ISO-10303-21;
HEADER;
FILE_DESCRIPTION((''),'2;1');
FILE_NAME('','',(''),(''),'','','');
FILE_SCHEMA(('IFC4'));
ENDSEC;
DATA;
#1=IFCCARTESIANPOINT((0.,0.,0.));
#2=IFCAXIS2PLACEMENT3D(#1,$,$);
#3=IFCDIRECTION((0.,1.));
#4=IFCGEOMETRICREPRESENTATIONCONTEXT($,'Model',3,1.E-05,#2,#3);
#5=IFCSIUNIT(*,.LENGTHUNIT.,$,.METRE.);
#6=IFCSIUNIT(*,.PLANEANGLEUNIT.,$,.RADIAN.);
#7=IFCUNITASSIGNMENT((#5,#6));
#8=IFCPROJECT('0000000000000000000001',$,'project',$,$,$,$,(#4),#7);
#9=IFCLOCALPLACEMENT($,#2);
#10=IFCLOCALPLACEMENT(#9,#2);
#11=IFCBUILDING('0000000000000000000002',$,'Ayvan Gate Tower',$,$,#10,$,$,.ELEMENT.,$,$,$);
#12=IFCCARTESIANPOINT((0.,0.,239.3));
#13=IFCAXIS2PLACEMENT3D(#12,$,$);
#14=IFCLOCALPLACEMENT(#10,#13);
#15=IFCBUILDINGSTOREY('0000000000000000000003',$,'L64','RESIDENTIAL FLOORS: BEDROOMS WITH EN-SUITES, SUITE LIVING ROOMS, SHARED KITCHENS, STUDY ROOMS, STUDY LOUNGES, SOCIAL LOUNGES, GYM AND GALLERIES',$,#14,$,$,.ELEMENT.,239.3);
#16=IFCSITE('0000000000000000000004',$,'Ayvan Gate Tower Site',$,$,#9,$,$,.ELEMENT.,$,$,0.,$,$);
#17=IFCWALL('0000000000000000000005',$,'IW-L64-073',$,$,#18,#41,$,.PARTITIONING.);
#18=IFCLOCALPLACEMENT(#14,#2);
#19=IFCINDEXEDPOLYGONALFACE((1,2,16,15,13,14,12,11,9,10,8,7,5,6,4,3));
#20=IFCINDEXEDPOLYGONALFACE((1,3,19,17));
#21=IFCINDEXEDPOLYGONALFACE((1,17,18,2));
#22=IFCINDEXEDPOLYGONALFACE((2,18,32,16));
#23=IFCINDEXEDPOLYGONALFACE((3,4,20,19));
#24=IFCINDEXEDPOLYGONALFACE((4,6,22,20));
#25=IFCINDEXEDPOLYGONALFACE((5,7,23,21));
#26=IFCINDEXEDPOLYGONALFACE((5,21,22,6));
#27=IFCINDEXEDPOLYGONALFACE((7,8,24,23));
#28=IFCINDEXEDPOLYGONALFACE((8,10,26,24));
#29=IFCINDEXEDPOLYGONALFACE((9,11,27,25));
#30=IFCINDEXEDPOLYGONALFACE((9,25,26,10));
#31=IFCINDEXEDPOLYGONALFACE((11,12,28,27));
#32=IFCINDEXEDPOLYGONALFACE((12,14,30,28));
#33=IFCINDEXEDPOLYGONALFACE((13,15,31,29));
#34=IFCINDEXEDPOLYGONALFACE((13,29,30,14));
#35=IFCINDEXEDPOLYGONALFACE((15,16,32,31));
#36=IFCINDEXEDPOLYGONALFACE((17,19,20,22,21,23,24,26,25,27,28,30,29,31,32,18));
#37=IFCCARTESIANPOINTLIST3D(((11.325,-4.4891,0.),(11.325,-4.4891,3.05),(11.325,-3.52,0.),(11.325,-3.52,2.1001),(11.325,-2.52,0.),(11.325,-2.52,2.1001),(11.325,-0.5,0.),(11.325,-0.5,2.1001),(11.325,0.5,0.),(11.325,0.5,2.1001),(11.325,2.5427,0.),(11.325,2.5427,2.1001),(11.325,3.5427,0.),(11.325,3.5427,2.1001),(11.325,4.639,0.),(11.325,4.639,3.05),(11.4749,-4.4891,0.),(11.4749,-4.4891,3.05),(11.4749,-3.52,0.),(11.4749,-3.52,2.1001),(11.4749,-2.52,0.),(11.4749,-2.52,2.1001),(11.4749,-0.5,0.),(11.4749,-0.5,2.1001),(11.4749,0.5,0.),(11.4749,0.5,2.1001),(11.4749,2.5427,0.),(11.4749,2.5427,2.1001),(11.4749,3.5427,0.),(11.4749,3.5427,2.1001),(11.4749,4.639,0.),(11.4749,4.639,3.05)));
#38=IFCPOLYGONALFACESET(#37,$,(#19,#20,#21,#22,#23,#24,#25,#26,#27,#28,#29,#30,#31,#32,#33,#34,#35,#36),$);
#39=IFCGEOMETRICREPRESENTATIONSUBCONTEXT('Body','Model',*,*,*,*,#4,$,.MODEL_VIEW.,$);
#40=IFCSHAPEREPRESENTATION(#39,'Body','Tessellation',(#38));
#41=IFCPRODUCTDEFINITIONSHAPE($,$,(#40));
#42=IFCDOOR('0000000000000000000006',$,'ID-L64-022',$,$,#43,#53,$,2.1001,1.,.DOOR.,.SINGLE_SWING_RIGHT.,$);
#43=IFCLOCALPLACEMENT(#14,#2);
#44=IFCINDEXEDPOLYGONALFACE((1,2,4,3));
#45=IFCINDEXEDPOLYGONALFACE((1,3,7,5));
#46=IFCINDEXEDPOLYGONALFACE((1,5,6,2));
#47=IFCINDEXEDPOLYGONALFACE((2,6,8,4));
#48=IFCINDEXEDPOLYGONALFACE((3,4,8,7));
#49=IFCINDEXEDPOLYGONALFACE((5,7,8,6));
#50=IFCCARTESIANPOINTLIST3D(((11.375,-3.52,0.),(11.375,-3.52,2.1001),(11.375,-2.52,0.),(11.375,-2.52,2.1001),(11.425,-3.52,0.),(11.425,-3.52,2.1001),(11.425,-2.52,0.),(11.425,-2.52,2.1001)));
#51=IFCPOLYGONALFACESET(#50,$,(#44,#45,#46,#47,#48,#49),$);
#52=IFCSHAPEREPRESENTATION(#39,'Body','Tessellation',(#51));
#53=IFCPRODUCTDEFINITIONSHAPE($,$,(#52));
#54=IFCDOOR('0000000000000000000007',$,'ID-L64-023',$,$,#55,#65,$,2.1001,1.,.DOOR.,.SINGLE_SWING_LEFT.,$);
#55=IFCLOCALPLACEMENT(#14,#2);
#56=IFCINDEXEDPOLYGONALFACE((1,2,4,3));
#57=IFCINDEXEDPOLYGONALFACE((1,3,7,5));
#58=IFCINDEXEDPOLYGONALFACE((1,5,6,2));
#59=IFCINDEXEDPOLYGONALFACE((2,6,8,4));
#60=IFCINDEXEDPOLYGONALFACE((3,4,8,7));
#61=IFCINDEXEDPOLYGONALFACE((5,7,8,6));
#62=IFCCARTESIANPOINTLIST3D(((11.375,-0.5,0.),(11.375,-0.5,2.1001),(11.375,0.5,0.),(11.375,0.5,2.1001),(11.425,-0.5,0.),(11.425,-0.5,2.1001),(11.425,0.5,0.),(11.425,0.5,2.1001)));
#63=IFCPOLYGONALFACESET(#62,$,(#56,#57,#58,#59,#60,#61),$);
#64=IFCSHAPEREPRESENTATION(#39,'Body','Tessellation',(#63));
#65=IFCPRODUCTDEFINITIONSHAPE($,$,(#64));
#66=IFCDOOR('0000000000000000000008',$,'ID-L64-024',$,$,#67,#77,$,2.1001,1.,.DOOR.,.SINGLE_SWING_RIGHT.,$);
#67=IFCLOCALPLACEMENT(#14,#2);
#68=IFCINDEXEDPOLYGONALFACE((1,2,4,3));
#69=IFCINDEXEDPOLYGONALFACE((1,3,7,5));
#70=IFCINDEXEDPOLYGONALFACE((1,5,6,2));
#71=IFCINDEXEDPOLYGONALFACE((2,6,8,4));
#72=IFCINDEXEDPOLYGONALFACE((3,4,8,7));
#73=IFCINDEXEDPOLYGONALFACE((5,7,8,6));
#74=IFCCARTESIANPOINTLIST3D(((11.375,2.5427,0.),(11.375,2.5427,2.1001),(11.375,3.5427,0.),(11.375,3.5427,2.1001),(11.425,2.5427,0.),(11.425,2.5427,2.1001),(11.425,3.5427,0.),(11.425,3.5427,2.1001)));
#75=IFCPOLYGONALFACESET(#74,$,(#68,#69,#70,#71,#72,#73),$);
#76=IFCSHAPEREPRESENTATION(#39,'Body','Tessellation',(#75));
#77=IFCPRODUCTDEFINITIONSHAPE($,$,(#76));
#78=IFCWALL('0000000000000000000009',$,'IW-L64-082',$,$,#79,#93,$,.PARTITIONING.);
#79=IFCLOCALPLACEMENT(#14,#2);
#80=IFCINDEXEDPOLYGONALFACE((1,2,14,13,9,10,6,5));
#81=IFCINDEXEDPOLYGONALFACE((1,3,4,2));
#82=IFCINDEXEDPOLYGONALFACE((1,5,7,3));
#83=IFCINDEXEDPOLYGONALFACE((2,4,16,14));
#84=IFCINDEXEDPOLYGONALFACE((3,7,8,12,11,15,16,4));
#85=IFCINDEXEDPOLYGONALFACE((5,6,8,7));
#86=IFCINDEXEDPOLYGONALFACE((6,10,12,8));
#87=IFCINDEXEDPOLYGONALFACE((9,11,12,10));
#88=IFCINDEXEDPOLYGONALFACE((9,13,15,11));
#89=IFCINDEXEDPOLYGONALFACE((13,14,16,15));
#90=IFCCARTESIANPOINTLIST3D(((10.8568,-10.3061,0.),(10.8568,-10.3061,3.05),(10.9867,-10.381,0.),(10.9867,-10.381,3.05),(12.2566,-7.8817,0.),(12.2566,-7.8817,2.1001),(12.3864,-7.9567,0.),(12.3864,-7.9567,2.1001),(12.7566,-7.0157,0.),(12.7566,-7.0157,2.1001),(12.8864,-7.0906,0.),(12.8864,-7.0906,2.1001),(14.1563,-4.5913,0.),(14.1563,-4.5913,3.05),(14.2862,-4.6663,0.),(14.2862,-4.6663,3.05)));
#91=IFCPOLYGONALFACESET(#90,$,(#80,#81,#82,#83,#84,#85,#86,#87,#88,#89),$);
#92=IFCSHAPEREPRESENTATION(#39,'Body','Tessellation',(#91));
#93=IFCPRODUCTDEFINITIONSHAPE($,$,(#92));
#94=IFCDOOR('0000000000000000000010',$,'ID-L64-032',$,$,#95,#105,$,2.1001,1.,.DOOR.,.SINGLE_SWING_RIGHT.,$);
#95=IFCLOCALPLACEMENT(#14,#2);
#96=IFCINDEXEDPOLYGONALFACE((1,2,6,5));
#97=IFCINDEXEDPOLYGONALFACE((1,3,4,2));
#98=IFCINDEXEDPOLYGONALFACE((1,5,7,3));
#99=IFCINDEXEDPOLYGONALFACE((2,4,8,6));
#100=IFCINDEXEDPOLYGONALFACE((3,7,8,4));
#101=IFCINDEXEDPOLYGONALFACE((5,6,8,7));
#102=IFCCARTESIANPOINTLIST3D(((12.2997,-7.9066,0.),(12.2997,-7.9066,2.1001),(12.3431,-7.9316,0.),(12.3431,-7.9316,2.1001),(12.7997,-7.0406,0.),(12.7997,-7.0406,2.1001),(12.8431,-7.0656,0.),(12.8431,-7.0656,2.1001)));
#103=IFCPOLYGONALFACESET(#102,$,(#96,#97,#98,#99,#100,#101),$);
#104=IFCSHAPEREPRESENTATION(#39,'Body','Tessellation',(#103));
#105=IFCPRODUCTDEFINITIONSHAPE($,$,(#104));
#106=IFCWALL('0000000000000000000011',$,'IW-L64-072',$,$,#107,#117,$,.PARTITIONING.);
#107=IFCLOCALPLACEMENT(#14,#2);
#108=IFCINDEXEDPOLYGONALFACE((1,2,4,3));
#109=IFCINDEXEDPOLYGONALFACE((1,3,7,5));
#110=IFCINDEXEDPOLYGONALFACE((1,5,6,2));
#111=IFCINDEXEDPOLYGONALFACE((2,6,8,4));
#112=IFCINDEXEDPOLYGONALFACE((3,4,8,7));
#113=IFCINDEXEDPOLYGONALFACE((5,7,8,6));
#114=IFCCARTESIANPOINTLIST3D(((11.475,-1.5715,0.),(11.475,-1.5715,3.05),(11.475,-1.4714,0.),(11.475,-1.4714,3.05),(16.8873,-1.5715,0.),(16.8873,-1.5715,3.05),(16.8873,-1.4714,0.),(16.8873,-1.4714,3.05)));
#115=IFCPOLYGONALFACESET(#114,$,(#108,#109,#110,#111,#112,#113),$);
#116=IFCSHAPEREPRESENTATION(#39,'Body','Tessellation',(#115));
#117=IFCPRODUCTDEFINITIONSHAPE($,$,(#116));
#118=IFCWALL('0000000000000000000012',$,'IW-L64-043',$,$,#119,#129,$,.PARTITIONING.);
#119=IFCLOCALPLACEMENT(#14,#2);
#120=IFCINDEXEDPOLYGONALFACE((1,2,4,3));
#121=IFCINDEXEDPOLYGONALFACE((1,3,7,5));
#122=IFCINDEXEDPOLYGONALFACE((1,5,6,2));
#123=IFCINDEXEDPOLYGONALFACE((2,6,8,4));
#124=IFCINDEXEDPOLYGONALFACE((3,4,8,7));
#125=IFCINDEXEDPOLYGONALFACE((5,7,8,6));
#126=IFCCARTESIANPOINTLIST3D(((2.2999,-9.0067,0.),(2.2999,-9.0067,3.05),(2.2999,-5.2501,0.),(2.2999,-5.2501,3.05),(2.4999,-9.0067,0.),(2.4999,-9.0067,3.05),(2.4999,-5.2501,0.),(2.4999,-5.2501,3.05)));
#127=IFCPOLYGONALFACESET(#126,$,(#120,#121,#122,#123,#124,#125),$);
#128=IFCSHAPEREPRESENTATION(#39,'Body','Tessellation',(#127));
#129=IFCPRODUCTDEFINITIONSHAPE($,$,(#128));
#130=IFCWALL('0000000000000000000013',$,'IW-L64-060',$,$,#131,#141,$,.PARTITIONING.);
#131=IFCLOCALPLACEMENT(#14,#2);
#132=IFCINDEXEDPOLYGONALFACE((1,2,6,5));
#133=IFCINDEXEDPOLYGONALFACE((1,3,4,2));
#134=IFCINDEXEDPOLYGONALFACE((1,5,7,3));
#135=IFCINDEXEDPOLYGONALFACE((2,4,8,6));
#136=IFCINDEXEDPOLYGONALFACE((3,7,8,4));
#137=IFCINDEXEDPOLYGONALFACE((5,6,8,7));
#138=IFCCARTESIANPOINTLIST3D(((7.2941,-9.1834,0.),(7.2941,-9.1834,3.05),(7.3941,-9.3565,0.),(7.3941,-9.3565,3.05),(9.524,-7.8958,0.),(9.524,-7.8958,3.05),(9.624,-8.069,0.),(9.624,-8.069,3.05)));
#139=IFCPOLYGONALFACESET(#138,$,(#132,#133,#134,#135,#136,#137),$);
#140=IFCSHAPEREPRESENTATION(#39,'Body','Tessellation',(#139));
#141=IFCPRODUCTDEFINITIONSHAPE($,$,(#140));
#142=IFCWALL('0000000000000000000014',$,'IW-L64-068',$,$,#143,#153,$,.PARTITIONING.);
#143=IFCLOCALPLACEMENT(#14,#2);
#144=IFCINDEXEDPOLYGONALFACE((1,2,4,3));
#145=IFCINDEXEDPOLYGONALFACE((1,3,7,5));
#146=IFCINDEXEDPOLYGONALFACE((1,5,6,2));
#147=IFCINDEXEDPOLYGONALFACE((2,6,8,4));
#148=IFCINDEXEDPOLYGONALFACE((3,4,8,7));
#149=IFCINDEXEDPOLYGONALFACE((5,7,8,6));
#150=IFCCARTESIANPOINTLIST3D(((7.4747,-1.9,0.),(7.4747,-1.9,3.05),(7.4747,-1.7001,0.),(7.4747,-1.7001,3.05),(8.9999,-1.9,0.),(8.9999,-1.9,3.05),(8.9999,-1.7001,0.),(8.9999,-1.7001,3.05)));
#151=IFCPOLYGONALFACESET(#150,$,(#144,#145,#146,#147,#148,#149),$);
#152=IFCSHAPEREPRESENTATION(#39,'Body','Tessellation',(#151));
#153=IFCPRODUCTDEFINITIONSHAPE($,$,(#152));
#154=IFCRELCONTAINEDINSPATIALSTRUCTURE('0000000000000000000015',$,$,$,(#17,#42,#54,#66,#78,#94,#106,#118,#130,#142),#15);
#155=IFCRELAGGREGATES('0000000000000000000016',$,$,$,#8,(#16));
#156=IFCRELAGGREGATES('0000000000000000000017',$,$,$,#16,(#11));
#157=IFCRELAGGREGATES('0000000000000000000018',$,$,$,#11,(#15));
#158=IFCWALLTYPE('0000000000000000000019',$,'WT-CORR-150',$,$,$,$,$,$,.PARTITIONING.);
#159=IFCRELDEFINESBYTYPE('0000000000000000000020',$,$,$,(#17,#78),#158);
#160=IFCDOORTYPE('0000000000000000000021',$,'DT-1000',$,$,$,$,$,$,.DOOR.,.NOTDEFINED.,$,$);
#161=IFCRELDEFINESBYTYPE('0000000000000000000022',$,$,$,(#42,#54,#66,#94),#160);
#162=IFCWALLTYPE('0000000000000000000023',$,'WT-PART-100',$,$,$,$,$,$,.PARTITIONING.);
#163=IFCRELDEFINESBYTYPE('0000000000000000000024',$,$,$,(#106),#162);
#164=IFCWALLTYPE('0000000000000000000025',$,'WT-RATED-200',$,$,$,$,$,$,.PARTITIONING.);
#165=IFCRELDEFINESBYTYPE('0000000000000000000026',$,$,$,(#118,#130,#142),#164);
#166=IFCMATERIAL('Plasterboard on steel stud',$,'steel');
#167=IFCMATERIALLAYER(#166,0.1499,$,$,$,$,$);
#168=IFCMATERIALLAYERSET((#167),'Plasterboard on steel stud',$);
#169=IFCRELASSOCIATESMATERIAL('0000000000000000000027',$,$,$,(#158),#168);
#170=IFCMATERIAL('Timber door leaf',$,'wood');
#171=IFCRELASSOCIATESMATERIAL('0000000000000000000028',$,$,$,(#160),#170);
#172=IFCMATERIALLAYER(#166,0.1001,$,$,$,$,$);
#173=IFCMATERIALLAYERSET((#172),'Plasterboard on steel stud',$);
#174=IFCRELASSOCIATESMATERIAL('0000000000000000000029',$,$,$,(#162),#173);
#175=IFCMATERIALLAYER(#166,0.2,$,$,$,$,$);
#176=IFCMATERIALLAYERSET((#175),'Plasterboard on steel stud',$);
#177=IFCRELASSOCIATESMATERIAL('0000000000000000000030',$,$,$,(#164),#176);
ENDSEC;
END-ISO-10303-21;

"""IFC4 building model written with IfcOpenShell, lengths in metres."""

from ifc_helpers import new_model, si_unit, direction, frame, frame_2d, origin, place, context, subcontext, project, spatial, rectangle, extrude, material, layer, layer_set, type_object, element, fill, save


model = new_model("IFC4")

# Units and contexts
model_context = context("Model", 3, precision=1e-05, world=origin(), true_north=direction((0.0, 1.0)))
body_context = subcontext(model_context, "Body", "Model", "MODEL_VIEW")
ifc_project = project(units=[si_unit("LENGTHUNIT", "METRE"), si_unit("PLANEANGLEUNIT", "RADIAN")], contexts=[model_context])

# Site, building, storey
site_placement = place(None, origin())
site = spatial("IfcSite", under=ifc_project, at=site_placement, Name="Ayvan Gate Tower Site", CompositionType="ELEMENT", RefElevation=0.0)
building_placement = place(site_placement, origin())
building = spatial("IfcBuilding", under=site, at=building_placement, Name="Ayvan Gate Tower", CompositionType="ELEMENT")
storey_placement = place(building_placement, frame((0.0, 0.0, 239.3)))
storey = spatial("IfcBuildingStorey", under=building, at=storey_placement, Name="L64", Description="RESIDENTIAL FLOORS: BEDROOMS WITH EN-SUITES, SUITE LIVING ROOMS, SHARED KITCHENS, STUDY ROOMS, STUDY LOUNGES, SOCIAL LOUNGES, GYM AND GALLERIES", CompositionType="ELEMENT", Elevation=239.3)

# Shared definitions
ifc_material_1 = material(Name="Timber door leaf", Category="wood")

# Shared definitions
ifc_material_2 = material(Name="Plasterboard on steel stud", Category="steel")
ifc_layer_1 = layer(ifc_material_2, 0.1499)
ifc_layer_set_1 = layer_set([ifc_layer_1], Name="Plasterboard on steel stud")
wall_type_1 = type_object("IfcWallType", Name="WT-CORR-150", PredefinedType="PARTITIONING", material=ifc_layer_set_1)

# Wall, openings, doors
wall_1_placement = place(storey_placement, frame((11.3999, -4.489, 0.0), z_axis=(0.0, 0.0, 1.0), x_axis=(0.0, 1.0, 0.0)))
wall_1 = element("IfcWall", 1, at=wall_1_placement, inside=storey, type_object=wall_type_1, Name="IW-L64-073", PredefinedType="PARTITIONING", context=body_context, shape_type="SweptSolid", body=[
    extrude(rectangle(XDim=9.1282, YDim=0.1499, at=frame_2d((4.564, 0.0))), origin(), (0.0, 0.0, 1.0), 3.05),
])
opening_1_placement = place(wall_1_placement, frame((0.969, 0.0, 0.0)))
opening_1 = element("IfcOpeningElement", 2, at=opening_1_placement, cuts=wall_1, PredefinedType="OPENING", context=body_context, shape_type="SweptSolid", body=[
    extrude(rectangle(XDim=1.0, YDim=2.1001, at=frame_2d((0.5, 1.05))), frame((0.0, 0.085, 0.0), z_axis=(0.0, -1.0, 0.0), x_axis=(1.0, 0.0, 0.0)), (0.0, 0.0, 1.0), 0.1699),
])
opening_2_placement = place(wall_1_placement, frame((3.989, 0.0, 0.0)))
opening_2 = element("IfcOpeningElement", 3, at=opening_2_placement, cuts=wall_1, PredefinedType="OPENING", context=body_context, shape_type="SweptSolid", body=[
    extrude(rectangle(XDim=1.0, YDim=2.1001, at=frame_2d((0.5, 1.05))), frame((0.0, 0.085, 0.0), z_axis=(0.0, -1.0, 0.0), x_axis=(1.0, 0.0, 0.0)), (0.0, 0.0, 1.0), 0.1699),
])
opening_3_placement = place(wall_1_placement, frame((7.0317, 0.0, 0.0)))
opening_3 = element("IfcOpeningElement", 4, at=opening_3_placement, cuts=wall_1, PredefinedType="OPENING", context=body_context, shape_type="SweptSolid", body=[
    extrude(rectangle(XDim=1.0, YDim=2.1001, at=frame_2d((0.5, 1.05))), frame((0.0, 0.085, 0.0), z_axis=(0.0, -1.0, 0.0), x_axis=(1.0, 0.0, 0.0)), (0.0, 0.0, 1.0), 0.1699),
])
door_type_1 = type_object("IfcDoorType", Name="DT-1000", OperationType="NOTDEFINED", PredefinedType="DOOR", material=ifc_material_1)
door_1_placement = place(opening_1_placement, origin())
door_1 = element("IfcDoor", 5, at=door_1_placement, inside=storey, type_object=door_type_1, Name="ID-L64-022", OperationType="SINGLE_SWING_RIGHT", OverallHeight=2.1001, OverallWidth=1.0, PredefinedType="DOOR", context=body_context, shape_type="SweptSolid", body=[
    extrude(rectangle(XDim=1.0, YDim=2.1001, at=frame_2d((0.5, 1.05))), frame((0.0, 0.0249, 0.0), z_axis=(0.0, -1.0, 0.0), x_axis=(1.0, 0.0, 0.0)), (0.0, 0.0, 1.0), 0.05),
])
fill(opening_1, door_1)
door_2_placement = place(opening_2_placement, origin())
door_2 = element("IfcDoor", 6, at=door_2_placement, inside=storey, type_object=door_type_1, Name="ID-L64-023", OperationType="SINGLE_SWING_LEFT", OverallHeight=2.1001, OverallWidth=1.0, PredefinedType="DOOR", context=body_context, shape_type="SweptSolid", body=[
    extrude(rectangle(XDim=1.0, YDim=2.1001, at=frame_2d((0.5, 1.05))), frame((0.0, 0.0249, 0.0), z_axis=(0.0, -1.0, 0.0), x_axis=(1.0, 0.0, 0.0)), (0.0, 0.0, 1.0), 0.05),
])
fill(opening_2, door_2)
door_3_placement = place(opening_3_placement, origin())
door_3 = element("IfcDoor", 7, at=door_3_placement, inside=storey, type_object=door_type_1, Name="ID-L64-024", OperationType="SINGLE_SWING_RIGHT", OverallHeight=2.1001, OverallWidth=1.0, PredefinedType="DOOR", context=body_context, shape_type="SweptSolid", body=[
    extrude(rectangle(XDim=1.0, YDim=2.1001, at=frame_2d((0.5, 1.05))), frame((0.0, 0.0249, 0.0), z_axis=(0.0, -1.0, 0.0), x_axis=(1.0, 0.0, 0.0)), (0.0, 0.0, 1.0), 0.05),
])
fill(opening_3, door_3)

# Wall, opening, door
wall_2_placement = place(storey_placement, frame((14.2212, -4.6289, 0.0), z_axis=(0.0, 0.0, 1.0), x_axis=(-0.500011, -0.866019, 0.0)))
wall_2 = element("IfcWall", 8, at=wall_2_placement, inside=storey, type_object=wall_type_1, Name="IW-L64-082", PredefinedType="PARTITIONING", context=body_context, shape_type="SweptSolid", body=[
    extrude(rectangle(XDim=6.5989, YDim=0.1499, at=frame_2d((3.2993, 0.0))), origin(), (0.0, 0.0, 1.0), 3.05),
])
opening_4_placement = place(wall_2_placement, frame((2.7993, 0.0, 0.0)))
opening_4 = element("IfcOpeningElement", 9, at=opening_4_placement, cuts=wall_2, PredefinedType="OPENING", context=body_context, shape_type="SweptSolid", body=[
    extrude(rectangle(XDim=1.0, YDim=2.1001, at=frame_2d((0.5, 1.05))), frame((0.0, 0.085, 0.0), z_axis=(0.0, -1.0, 0.0), x_axis=(1.0, 0.0, 0.0)), (0.0, 0.0, 1.0), 0.1699),
])
door_4_placement = place(opening_4_placement, origin())
door_4 = element("IfcDoor", 10, at=door_4_placement, inside=storey, type_object=door_type_1, Name="ID-L64-032", OperationType="SINGLE_SWING_RIGHT", OverallHeight=2.1001, OverallWidth=1.0, PredefinedType="DOOR", context=body_context, shape_type="SweptSolid", body=[
    extrude(rectangle(XDim=1.0, YDim=2.1001, at=frame_2d((0.5, 1.05))), frame((0.0, 0.0249, 0.0), z_axis=(0.0, -1.0, 0.0), x_axis=(1.0, 0.0, 0.0)), (0.0, 0.0, 1.0), 0.05),
])
fill(opening_4, door_4)

# Walls
ifc_layer_2 = layer(ifc_material_2, 0.1001)
ifc_layer_set_2 = layer_set([ifc_layer_2], Name="Plasterboard on steel stud")
wall_type_2 = type_object("IfcWallType", Name="WT-PART-100", PredefinedType="PARTITIONING", material=ifc_layer_set_2)
wall_3_placement = place(storey_placement, frame((11.4751, -1.5215, 0.0), z_axis=(0.0, 0.0, 1.0), x_axis=(1.0, 0.0, 0.0)))
element("IfcWall", 11, at=wall_3_placement, inside=storey, type_object=wall_type_2, Name="IW-L64-072", PredefinedType="PARTITIONING", context=body_context, shape_type="SweptSolid", body=[
    extrude(rectangle(XDim=5.4124, YDim=0.1001, at=frame_2d((2.7061, 0.0))), origin(), (0.0, 0.0, 1.0), 3.05),
])
ifc_layer_3 = layer(ifc_material_2, 0.2)
ifc_layer_set_3 = layer_set([ifc_layer_3], Name="Plasterboard on steel stud")
wall_type_3 = type_object("IfcWallType", Name="WT-RATED-200", PredefinedType="PARTITIONING", material=ifc_layer_set_3)
wall_4_placement = place(storey_placement, frame((2.3999, -5.25, 0.0), z_axis=(0.0, 0.0, 1.0), x_axis=(0.0, -1.0, 0.0)))
element("IfcWall", 12, at=wall_4_placement, inside=storey, type_object=wall_type_3, Name="IW-L64-043", PredefinedType="PARTITIONING", context=body_context, shape_type="SweptSolid", body=[
    extrude(rectangle(XDim=3.7566, YDim=0.2, at=frame_2d((1.8784, 0.0))), origin(), (0.0, 0.0, 1.0), 3.05),
])
wall_5_placement = place(storey_placement, frame((7.344, -9.27, 0.0), z_axis=(0.0, 0.0, 1.0), x_axis=(0.866006, 0.500034, 0.0)))
element("IfcWall", 13, at=wall_5_placement, inside=storey, type_object=wall_type_3, Name="IW-L64-060", PredefinedType="PARTITIONING", context=body_context, shape_type="SweptSolid", body=[
    extrude(rectangle(XDim=2.575, YDim=0.2, at=frame_2d((1.2876, 0.0))), origin(), (0.0, 0.0, 1.0), 3.05),
])
wall_6_placement = place(storey_placement, frame((9.0, -1.8, 0.0), z_axis=(0.0, 0.0, 1.0), x_axis=(-1.0, 0.0, 0.0)))
element("IfcWall", 14, at=wall_6_placement, inside=storey, type_object=wall_type_3, Name="IW-L64-068", PredefinedType="PARTITIONING", context=body_context, shape_type="SweptSolid", body=[
    extrude(rectangle(XDim=1.5251, YDim=0.2, at=frame_2d((0.7627, 0.0))), origin(), (0.0, 0.0, 1.0), 3.05),
])

save(model, "model.ifc")
